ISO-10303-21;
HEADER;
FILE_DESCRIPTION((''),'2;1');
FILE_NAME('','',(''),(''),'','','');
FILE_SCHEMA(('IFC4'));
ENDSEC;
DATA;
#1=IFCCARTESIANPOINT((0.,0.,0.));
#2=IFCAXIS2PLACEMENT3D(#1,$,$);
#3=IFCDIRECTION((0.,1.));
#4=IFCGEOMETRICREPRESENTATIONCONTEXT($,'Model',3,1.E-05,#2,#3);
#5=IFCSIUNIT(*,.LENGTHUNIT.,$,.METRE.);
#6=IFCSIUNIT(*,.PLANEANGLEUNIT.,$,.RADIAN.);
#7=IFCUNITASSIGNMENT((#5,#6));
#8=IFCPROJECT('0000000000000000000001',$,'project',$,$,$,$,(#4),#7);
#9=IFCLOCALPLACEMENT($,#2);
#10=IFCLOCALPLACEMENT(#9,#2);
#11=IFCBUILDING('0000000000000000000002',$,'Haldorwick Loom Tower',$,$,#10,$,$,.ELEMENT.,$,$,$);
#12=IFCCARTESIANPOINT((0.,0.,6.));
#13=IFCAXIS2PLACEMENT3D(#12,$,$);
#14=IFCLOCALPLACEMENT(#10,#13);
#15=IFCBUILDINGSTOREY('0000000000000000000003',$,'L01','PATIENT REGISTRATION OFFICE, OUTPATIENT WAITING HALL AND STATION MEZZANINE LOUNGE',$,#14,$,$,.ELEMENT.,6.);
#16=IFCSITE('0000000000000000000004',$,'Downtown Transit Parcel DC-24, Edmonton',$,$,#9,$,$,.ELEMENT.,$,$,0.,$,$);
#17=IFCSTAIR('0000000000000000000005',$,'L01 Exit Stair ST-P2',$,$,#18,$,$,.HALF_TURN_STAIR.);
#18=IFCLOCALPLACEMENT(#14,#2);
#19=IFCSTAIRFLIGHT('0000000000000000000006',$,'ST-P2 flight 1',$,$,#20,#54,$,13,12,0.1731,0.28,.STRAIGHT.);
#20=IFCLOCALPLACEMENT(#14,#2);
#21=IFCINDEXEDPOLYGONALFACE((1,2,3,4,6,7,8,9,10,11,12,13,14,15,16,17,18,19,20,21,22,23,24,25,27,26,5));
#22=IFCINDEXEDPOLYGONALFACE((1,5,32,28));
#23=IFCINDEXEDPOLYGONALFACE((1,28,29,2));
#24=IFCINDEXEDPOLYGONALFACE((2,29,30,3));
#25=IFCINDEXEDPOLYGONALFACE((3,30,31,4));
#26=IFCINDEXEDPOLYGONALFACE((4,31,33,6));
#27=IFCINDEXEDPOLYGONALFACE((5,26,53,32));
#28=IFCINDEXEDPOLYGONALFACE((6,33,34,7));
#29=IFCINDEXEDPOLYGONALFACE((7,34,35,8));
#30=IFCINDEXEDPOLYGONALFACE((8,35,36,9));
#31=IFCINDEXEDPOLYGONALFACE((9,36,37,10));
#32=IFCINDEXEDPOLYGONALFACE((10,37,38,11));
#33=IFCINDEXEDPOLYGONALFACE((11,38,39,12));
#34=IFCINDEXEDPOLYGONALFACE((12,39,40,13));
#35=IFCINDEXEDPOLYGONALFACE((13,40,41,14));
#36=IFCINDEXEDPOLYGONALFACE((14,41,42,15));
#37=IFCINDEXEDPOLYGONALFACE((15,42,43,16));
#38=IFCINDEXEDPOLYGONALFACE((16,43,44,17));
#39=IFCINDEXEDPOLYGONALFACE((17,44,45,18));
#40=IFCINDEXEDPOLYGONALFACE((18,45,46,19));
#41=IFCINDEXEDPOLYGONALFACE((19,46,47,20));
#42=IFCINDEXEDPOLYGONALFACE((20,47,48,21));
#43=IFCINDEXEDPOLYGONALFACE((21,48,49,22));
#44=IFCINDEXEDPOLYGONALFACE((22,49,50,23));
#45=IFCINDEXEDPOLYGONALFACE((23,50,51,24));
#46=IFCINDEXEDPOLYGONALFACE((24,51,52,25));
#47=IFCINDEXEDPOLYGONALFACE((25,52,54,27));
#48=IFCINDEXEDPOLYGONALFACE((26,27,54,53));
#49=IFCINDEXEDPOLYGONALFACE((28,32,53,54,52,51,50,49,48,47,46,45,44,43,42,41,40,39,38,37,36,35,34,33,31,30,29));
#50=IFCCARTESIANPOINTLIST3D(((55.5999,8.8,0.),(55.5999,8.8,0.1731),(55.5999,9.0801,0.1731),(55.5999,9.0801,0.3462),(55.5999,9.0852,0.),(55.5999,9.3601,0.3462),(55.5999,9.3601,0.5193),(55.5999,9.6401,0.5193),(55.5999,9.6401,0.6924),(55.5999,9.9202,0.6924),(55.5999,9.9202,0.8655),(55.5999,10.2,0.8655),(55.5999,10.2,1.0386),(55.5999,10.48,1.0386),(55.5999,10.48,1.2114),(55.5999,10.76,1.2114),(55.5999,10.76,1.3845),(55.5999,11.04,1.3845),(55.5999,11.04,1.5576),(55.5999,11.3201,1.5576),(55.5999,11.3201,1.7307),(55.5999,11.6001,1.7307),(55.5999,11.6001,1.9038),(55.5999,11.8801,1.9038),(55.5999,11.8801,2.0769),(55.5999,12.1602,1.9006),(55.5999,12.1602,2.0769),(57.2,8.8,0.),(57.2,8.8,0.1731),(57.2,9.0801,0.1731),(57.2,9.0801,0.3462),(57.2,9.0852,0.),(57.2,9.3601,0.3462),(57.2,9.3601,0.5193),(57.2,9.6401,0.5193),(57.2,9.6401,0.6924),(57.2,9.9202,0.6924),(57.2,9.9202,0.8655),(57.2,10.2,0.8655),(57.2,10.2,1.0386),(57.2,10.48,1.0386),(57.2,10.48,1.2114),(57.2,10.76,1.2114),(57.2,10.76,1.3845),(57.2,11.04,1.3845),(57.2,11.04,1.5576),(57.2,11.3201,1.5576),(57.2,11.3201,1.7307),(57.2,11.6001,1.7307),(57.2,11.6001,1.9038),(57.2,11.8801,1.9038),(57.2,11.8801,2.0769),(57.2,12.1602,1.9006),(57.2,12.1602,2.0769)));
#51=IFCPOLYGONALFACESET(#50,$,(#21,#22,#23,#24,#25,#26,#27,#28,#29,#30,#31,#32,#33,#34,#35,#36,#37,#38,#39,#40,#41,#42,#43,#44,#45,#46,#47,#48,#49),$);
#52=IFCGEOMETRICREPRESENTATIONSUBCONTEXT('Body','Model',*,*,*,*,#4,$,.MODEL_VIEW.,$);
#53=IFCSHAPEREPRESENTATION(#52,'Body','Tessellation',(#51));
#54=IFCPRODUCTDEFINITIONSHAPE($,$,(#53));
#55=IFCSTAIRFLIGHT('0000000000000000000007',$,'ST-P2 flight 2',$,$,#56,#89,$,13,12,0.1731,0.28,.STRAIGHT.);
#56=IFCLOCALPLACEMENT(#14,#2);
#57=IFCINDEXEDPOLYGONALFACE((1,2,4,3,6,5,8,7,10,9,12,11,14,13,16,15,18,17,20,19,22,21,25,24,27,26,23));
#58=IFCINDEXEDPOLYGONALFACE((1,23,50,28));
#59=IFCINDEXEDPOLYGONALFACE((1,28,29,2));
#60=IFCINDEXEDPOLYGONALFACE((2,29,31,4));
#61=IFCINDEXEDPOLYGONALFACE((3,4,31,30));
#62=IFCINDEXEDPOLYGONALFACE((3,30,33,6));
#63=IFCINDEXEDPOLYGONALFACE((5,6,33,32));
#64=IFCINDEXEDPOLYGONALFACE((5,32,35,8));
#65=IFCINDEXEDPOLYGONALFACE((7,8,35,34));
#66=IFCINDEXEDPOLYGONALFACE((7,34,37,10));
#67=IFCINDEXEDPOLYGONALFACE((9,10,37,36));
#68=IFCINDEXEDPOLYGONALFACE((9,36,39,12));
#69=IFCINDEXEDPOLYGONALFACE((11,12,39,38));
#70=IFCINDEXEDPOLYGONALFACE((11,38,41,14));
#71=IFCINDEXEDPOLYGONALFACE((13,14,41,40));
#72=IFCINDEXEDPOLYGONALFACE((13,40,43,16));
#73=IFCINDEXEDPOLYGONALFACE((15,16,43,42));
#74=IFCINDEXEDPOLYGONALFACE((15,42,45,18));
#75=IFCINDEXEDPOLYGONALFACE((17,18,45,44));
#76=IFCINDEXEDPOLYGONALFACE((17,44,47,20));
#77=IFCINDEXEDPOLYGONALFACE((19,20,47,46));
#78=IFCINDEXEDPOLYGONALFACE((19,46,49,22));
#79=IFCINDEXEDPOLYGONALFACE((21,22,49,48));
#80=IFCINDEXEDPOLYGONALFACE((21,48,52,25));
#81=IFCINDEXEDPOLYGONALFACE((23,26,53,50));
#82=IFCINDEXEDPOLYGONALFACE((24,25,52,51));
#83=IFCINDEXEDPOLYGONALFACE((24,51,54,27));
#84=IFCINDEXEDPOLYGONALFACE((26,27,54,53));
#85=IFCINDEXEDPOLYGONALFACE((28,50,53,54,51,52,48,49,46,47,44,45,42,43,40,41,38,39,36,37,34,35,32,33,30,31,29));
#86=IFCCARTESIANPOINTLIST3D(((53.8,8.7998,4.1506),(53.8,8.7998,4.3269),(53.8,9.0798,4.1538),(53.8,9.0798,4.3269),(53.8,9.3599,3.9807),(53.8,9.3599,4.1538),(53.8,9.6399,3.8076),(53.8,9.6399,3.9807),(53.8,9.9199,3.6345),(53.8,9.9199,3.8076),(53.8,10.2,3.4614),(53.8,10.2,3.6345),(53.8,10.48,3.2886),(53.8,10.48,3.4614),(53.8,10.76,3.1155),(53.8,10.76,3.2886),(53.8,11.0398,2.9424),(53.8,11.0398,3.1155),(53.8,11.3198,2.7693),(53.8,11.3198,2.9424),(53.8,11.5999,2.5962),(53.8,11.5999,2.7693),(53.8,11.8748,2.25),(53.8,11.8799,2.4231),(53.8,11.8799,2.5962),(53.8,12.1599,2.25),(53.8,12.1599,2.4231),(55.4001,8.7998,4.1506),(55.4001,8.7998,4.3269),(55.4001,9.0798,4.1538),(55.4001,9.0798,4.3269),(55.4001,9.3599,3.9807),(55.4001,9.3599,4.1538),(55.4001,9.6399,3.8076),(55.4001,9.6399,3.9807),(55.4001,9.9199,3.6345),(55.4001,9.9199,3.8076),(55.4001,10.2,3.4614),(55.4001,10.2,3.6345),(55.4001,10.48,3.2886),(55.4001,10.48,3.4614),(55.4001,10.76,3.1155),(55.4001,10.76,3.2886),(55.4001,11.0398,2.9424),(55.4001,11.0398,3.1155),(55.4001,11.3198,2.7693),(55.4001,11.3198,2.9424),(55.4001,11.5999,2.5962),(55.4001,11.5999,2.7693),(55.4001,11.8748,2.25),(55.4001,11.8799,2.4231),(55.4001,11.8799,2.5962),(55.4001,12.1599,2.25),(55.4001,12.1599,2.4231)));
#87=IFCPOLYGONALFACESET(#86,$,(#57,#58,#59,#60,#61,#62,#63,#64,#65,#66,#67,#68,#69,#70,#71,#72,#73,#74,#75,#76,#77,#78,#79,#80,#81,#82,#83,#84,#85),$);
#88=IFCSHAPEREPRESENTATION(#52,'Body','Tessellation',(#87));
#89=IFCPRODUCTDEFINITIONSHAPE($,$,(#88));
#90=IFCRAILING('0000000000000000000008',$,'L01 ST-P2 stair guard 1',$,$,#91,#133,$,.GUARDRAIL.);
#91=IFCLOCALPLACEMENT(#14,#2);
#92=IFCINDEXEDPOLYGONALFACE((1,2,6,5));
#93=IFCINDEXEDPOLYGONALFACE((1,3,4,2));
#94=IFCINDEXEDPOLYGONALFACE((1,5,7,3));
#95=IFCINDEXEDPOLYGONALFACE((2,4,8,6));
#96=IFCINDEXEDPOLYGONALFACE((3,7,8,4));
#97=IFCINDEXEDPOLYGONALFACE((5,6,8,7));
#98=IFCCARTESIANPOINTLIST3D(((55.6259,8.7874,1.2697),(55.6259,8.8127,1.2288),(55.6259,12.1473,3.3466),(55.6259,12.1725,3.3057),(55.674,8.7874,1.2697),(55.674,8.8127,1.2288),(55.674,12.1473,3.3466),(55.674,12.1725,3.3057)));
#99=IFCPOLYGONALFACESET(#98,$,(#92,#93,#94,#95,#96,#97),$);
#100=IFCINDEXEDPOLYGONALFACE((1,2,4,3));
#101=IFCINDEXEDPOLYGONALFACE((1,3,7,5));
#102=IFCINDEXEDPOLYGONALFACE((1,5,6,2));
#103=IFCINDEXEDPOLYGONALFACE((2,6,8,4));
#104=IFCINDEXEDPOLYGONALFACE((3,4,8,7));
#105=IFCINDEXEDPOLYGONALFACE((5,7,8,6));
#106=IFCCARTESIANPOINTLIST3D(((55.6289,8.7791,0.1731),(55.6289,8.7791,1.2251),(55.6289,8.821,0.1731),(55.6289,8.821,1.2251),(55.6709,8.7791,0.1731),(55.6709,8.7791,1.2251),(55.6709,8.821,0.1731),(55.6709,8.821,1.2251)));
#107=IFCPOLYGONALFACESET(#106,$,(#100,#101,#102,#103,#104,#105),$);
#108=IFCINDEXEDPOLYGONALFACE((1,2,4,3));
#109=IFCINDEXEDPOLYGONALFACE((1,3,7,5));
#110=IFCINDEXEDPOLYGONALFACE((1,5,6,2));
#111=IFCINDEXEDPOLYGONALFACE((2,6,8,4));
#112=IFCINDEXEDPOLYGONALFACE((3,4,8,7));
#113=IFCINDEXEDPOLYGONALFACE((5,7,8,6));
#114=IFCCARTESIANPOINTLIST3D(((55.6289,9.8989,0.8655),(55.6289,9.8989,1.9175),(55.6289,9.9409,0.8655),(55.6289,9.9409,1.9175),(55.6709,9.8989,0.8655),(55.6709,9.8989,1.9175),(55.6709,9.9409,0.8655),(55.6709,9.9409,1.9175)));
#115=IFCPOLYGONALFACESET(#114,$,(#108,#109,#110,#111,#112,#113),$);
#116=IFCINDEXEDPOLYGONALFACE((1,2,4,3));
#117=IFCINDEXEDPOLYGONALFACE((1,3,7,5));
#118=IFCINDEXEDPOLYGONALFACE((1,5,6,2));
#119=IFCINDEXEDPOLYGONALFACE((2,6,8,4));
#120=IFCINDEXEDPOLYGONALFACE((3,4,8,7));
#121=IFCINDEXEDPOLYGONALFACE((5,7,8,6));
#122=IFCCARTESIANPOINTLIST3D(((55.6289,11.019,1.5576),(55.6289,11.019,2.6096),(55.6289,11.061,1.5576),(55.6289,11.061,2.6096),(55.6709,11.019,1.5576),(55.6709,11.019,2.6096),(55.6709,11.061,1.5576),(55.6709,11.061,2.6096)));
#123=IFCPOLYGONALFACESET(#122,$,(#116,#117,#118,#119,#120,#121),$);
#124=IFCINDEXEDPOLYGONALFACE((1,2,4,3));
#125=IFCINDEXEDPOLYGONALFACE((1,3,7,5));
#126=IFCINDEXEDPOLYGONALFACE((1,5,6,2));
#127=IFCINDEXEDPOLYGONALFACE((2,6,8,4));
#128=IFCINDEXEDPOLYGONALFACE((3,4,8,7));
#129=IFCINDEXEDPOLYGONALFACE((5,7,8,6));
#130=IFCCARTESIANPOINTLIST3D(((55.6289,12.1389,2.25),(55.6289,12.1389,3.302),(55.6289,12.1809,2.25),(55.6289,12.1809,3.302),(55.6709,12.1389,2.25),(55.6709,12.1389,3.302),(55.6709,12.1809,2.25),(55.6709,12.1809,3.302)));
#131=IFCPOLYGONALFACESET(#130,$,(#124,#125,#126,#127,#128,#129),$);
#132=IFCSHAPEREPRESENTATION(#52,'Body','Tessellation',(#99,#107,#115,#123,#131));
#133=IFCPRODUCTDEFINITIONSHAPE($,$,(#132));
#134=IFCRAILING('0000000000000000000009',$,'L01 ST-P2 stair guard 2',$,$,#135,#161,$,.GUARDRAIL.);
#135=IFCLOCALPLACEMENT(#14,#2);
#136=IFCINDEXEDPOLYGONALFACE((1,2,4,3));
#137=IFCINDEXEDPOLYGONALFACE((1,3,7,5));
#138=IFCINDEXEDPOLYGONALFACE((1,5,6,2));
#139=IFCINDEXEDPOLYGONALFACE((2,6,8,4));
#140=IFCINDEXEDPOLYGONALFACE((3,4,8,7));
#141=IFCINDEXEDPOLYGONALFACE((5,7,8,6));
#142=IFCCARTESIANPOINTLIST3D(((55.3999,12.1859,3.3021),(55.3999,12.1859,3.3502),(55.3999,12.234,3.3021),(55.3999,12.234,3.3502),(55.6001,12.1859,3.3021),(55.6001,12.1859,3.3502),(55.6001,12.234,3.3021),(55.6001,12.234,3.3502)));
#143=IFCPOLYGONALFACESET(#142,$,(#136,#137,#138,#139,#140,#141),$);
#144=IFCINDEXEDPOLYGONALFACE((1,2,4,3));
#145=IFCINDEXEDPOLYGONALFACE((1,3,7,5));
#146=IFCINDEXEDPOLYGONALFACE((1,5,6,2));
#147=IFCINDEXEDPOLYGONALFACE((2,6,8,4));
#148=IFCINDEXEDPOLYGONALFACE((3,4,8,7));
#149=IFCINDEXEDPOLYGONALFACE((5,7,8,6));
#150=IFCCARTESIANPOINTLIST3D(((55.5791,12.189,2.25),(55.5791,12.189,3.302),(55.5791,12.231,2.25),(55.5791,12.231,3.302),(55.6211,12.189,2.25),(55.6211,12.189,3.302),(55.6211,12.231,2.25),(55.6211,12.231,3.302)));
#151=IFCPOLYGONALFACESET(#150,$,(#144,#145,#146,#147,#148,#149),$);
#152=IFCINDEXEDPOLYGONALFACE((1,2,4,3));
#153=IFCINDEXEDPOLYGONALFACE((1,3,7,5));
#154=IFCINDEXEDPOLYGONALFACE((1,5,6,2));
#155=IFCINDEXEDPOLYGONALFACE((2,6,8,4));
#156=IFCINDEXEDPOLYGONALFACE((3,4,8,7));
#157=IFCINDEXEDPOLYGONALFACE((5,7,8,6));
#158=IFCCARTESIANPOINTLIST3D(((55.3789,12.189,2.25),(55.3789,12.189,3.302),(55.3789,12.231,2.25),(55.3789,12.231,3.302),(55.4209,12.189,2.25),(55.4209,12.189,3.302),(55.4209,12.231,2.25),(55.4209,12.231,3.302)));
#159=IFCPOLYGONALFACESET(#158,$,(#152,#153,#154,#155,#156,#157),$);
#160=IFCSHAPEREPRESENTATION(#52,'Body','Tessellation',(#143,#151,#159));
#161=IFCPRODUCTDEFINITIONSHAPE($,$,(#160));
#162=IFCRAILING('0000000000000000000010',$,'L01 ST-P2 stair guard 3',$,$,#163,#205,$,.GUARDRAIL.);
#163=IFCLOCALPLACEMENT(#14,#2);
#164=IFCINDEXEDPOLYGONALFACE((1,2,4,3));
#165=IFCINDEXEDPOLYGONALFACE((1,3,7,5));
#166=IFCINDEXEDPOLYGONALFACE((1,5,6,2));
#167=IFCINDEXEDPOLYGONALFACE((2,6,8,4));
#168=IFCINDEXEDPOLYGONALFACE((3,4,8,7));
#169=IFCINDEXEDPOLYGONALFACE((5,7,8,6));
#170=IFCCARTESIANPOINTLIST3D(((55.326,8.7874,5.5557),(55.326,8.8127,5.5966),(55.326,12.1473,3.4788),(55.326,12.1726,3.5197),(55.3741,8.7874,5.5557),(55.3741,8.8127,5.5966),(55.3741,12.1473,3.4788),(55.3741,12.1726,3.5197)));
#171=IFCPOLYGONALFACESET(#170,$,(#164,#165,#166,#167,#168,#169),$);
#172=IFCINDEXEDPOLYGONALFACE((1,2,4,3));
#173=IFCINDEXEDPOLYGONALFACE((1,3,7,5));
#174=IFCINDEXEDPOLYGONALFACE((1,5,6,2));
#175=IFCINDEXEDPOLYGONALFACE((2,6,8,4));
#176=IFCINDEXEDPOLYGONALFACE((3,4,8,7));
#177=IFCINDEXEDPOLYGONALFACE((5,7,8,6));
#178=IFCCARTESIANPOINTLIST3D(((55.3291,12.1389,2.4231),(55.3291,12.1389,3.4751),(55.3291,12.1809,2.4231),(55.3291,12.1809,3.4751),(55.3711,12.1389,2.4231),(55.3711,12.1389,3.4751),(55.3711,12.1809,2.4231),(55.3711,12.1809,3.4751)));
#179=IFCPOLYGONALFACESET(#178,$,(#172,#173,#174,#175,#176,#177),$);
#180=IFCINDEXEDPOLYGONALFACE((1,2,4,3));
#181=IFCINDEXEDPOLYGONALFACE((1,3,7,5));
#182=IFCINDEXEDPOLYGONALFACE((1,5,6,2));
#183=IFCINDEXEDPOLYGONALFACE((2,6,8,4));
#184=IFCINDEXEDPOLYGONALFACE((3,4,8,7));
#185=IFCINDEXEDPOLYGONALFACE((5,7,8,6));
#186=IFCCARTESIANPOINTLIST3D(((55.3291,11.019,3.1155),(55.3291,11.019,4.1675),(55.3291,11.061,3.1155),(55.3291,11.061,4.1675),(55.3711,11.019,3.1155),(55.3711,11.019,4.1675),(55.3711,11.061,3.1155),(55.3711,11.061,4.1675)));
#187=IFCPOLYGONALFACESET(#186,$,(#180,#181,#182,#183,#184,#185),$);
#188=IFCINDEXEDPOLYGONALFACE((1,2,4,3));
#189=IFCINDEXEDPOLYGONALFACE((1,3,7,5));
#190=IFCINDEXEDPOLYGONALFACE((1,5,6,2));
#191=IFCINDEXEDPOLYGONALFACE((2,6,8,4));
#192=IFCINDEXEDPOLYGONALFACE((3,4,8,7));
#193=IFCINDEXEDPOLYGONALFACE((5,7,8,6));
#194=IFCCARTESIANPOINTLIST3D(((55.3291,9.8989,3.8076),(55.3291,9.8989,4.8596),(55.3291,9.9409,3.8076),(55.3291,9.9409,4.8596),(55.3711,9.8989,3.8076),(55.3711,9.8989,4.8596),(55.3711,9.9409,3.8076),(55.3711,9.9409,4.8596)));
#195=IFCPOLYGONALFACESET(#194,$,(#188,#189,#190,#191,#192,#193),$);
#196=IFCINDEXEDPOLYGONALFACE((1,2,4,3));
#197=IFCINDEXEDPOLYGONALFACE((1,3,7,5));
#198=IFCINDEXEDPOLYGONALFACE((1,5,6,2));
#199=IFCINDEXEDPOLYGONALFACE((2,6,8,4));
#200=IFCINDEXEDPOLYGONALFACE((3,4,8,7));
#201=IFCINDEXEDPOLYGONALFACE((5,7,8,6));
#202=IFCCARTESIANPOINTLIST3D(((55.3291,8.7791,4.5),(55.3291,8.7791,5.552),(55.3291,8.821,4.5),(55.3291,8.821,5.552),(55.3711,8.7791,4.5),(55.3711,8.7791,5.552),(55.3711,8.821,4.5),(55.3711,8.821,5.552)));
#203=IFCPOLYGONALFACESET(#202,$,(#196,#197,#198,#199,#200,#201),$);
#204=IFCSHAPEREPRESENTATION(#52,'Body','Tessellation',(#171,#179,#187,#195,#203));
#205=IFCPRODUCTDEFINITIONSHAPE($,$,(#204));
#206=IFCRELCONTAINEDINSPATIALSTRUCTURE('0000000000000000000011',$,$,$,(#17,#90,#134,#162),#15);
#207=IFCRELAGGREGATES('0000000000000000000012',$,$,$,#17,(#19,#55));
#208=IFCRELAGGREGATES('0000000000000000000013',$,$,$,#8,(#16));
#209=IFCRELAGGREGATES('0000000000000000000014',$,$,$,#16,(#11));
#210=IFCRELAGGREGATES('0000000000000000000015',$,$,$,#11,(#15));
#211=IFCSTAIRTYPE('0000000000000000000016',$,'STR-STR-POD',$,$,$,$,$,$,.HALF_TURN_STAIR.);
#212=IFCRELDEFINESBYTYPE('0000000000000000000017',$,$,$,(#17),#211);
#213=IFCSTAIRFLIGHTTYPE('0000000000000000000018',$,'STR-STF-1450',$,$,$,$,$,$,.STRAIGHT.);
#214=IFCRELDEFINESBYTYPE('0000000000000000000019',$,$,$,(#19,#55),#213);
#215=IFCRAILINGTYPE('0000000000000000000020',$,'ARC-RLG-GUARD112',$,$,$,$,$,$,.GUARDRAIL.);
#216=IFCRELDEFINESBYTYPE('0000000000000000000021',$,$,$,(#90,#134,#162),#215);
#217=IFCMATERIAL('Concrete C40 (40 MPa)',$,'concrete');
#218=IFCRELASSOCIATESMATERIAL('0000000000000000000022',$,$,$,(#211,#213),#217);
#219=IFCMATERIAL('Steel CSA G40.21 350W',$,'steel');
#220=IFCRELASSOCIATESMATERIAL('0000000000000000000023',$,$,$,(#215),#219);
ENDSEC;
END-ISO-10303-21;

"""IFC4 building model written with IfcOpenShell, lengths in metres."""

from ifc_helpers import new_model, si_unit, direction, frame, origin, origin_2d, place, context, subcontext, project, spatial, polyline, rectangle, outline, extrude, material, type_object, element, aggregate, save


model = new_model("IFC4")

# Units and contexts
model_context = context("Model", 3, precision=1e-05, world=origin(), true_north=direction((0.0, 1.0)))
body_context = subcontext(model_context, "Body", "Model", "MODEL_VIEW")
ifc_project = project(units=[si_unit("LENGTHUNIT", "METRE"), si_unit("PLANEANGLEUNIT", "RADIAN")], contexts=[model_context])

# Site, building, storey
site_placement = place(None, origin())
site = spatial("IfcSite", under=ifc_project, at=site_placement, Name="Downtown Transit Parcel DC-24, Edmonton", CompositionType="ELEMENT", RefElevation=0.0)
building_placement = place(site_placement, origin())
building = spatial("IfcBuilding", under=site, at=building_placement, Name="Haldorwick Loom Tower", CompositionType="ELEMENT")
storey_placement = place(building_placement, frame((0.0, 0.0, 6.0)))
storey = spatial("IfcBuildingStorey", under=building, at=storey_placement, Name="L01", Description="PATIENT REGISTRATION OFFICE, OUTPATIENT WAITING HALL AND STATION MEZZANINE LOUNGE", CompositionType="ELEMENT", Elevation=6.0)

# Shared definitions
ifc_material_1 = material(Name="Steel CSA G40.21 350W", Category="steel")

# Stair, stair flights
ifc_material_2 = material(Name="Concrete C40 (40 MPa)", Category="concrete")
stair_type = type_object("IfcStairType", Name="STR-STR-POD", PredefinedType="HALF_TURN_STAIR", material=ifc_material_2)
stair_placement = place(storey_placement, origin())
stair = element("IfcStair", 1, at=stair_placement, inside=storey, type_object=stair_type, Name="L01 Exit Stair ST-P2", PredefinedType="HALF_TURN_STAIR")
stair_flight_type = type_object("IfcStairFlightType", Name="STR-STF-1450", PredefinedType="STRAIGHT", material=ifc_material_2)
stair_flight_1_placement = place(storey_placement, frame((56.3999, 8.8, 0.0), z_axis=(0.0, 0.0, 1.0), x_axis=(0.0, 1.0, 0.0)))
stair_flight_1 = element("IfcStairFlight", 2, at=stair_flight_1_placement, type_object=stair_flight_type, Name="ST-P2 flight 1", NumberOfRisers=13, NumberOfTreads=12, PredefinedType="STRAIGHT", RiserHeight=0.1731, TreadLength=0.28, context=body_context, shape_type="SweptSolid", body=[
    extrude(outline(polyline([(0.0, 0.0), (0.0, 0.1731), (0.28, 0.1731), (0.28, 0.3462), (0.5601, 0.3462), (0.5601, 0.5193), (0.8401, 0.5193), (0.8401, 0.6924), (1.1201, 0.6924), (1.1201, 0.8655), (1.3999, 0.8655), (1.3999, 1.0386), (1.6799, 1.0386), (1.6799, 1.2114), (1.96, 1.2114), (1.96, 1.3845), (2.24, 1.3845), (2.24, 1.5576), (2.52, 1.5576), (2.52, 1.7307), (2.8, 1.7307), (2.8, 1.9038), (3.0801, 1.9038), (3.0801, 2.0769), (3.3601, 2.0769), (3.3601, 2.25), (3.3601, 1.9006), (0.2852, 0.0), (0.0, 0.0)])), frame((0.0, 0.8, 0.0), z_axis=(0.0, -1.0, 0.0), x_axis=(1.0, 0.0, 0.0)), (0.0, 0.0, 1.0), 1.6001),
])
stair_flight_2_placement = place(storey_placement, frame((54.6001, 12.1599, 2.25), z_axis=(0.0, 0.0, 1.0), x_axis=(0.0, -1.0, 0.0)))
stair_flight_2 = element("IfcStairFlight", 3, at=stair_flight_2_placement, type_object=stair_flight_type, Name="ST-P2 flight 2", NumberOfRisers=13, NumberOfTreads=12, PredefinedType="STRAIGHT", RiserHeight=0.1731, TreadLength=0.28, context=body_context, shape_type="SweptSolid", body=[
    extrude(outline(polyline([(0.0, 0.0), (0.0, 0.1731), (0.28, 0.1731), (0.28, 0.3462), (0.5601, 0.3462), (0.5601, 0.5193), (0.8401, 0.5193), (0.8401, 0.6924), (1.1201, 0.6924), (1.1201, 0.8655), (1.3999, 0.8655), (1.3999, 1.0386), (1.6799, 1.0386), (1.6799, 1.2114), (1.96, 1.2114), (1.96, 1.3845), (2.24, 1.3845), (2.24, 1.5576), (2.52, 1.5576), (2.52, 1.7307), (2.8, 1.7307), (2.8, 1.9038), (3.0801, 1.9038), (3.0801, 2.0769), (3.3601, 2.0769), (3.3601, 2.25), (3.3601, 1.9006), (0.2852, 0.0), (0.0, 0.0)])), frame((0.0, 0.8, 0.0), z_axis=(0.0, -1.0, 0.0), x_axis=(1.0, 0.0, 0.0)), (0.0, 0.0, 1.0), 1.6001),
])
aggregate(stair, [stair_flight_1, stair_flight_2])

# Railings
railing_type_1 = type_object("IfcRailingType", Name="ARC-RLG-GUARD112", PredefinedType="GUARDRAIL", material=ifc_material_1)
railing_1_placement = place(storey_placement, frame((55.6499, 8.8, 0.1731)))
element("IfcRailing", 4, at=railing_1_placement, inside=storey, type_object=railing_type_1, Name="L01 ST-P2 stair guard 1", PredefinedType="GUARDRAIL", context=body_context, shape_type="SweptSolid", body=[
    extrude(rectangle(XDim=0.0481, YDim=0.0481, at=origin_2d()), frame((0.0, 0.0, 1.0762), z_axis=(0.0, 0.850606, 0.525803), x_axis=(-1.0, 0.0, 0.0)), (0.0, 0.0, 1.0), 3.95),
    extrude(rectangle(XDim=0.042, YDim=0.042, at=origin_2d()), origin(), (0.0, 0.0, 1.0), 1.052),
    extrude(rectangle(XDim=0.042, YDim=0.042, at=origin_2d()), frame((0.0, 1.1199, 0.6924)), (0.0, 0.0, 1.0), 1.052),
    extrude(rectangle(XDim=0.042, YDim=0.042, at=origin_2d()), frame((0.0, 2.24, 1.3845)), (0.0, 0.0, 1.0), 1.052),
    extrude(rectangle(XDim=0.042, YDim=0.042, at=origin_2d()), frame((0.0, 3.3599, 2.0769)), (0.0, 0.0, 1.0), 1.052),
])
railing_2_placement = place(storey_placement, frame((55.6001, 12.21, 2.25)))
element("IfcRailing", 5, at=railing_2_placement, inside=storey, type_object=railing_type_1, Name="L01 ST-P2 stair guard 2", PredefinedType="GUARDRAIL", context=body_context, shape_type="SweptSolid", body=[
    extrude(rectangle(XDim=0.0481, YDim=0.0481, at=origin_2d()), frame((0.0, 0.0, 1.0762), z_axis=(-1.0, 0.0, 0.0), x_axis=(0.0, -1.0, 0.0)), (0.0, 0.0, 1.0), 0.2002),
    extrude(rectangle(XDim=0.042, YDim=0.042, at=origin_2d()), origin(), (0.0, 0.0, 1.0), 1.052),
    extrude(rectangle(XDim=0.042, YDim=0.042, at=origin_2d()), frame((-0.2002, 0.0, 0.0)), (0.0, 0.0, 1.0), 1.052),
])
railing_3_placement = place(storey_placement, frame((55.3501, 12.1599, 2.4231)))
element("IfcRailing", 6, at=railing_3_placement, inside=storey, type_object=railing_type_1, Name="L01 ST-P2 stair guard 3", PredefinedType="GUARDRAIL", context=body_context, shape_type="SweptSolid", body=[
    extrude(rectangle(XDim=0.0481, YDim=0.0481, at=origin_2d()), frame((0.0, 0.0, 1.0762), z_axis=(0.0, -0.850606, 0.525803), x_axis=(1.0, 0.0, 0.0)), (0.0, 0.0, 1.0), 3.95),
    extrude(rectangle(XDim=0.042, YDim=0.042, at=origin_2d()), origin(), (0.0, 0.0, 1.0), 1.052),
    extrude(rectangle(XDim=0.042, YDim=0.042, at=origin_2d()), frame((0.0, -1.1199, 0.6924)), (0.0, 0.0, 1.0), 1.052),
    extrude(rectangle(XDim=0.042, YDim=0.042, at=origin_2d()), frame((0.0, -2.24, 1.3845)), (0.0, 0.0, 1.0), 1.052),
    extrude(rectangle(XDim=0.042, YDim=0.042, at=origin_2d()), frame((0.0, -3.3599, 2.0769)), (0.0, 0.0, 1.0), 1.052),
])

save(model, "model.ifc")
